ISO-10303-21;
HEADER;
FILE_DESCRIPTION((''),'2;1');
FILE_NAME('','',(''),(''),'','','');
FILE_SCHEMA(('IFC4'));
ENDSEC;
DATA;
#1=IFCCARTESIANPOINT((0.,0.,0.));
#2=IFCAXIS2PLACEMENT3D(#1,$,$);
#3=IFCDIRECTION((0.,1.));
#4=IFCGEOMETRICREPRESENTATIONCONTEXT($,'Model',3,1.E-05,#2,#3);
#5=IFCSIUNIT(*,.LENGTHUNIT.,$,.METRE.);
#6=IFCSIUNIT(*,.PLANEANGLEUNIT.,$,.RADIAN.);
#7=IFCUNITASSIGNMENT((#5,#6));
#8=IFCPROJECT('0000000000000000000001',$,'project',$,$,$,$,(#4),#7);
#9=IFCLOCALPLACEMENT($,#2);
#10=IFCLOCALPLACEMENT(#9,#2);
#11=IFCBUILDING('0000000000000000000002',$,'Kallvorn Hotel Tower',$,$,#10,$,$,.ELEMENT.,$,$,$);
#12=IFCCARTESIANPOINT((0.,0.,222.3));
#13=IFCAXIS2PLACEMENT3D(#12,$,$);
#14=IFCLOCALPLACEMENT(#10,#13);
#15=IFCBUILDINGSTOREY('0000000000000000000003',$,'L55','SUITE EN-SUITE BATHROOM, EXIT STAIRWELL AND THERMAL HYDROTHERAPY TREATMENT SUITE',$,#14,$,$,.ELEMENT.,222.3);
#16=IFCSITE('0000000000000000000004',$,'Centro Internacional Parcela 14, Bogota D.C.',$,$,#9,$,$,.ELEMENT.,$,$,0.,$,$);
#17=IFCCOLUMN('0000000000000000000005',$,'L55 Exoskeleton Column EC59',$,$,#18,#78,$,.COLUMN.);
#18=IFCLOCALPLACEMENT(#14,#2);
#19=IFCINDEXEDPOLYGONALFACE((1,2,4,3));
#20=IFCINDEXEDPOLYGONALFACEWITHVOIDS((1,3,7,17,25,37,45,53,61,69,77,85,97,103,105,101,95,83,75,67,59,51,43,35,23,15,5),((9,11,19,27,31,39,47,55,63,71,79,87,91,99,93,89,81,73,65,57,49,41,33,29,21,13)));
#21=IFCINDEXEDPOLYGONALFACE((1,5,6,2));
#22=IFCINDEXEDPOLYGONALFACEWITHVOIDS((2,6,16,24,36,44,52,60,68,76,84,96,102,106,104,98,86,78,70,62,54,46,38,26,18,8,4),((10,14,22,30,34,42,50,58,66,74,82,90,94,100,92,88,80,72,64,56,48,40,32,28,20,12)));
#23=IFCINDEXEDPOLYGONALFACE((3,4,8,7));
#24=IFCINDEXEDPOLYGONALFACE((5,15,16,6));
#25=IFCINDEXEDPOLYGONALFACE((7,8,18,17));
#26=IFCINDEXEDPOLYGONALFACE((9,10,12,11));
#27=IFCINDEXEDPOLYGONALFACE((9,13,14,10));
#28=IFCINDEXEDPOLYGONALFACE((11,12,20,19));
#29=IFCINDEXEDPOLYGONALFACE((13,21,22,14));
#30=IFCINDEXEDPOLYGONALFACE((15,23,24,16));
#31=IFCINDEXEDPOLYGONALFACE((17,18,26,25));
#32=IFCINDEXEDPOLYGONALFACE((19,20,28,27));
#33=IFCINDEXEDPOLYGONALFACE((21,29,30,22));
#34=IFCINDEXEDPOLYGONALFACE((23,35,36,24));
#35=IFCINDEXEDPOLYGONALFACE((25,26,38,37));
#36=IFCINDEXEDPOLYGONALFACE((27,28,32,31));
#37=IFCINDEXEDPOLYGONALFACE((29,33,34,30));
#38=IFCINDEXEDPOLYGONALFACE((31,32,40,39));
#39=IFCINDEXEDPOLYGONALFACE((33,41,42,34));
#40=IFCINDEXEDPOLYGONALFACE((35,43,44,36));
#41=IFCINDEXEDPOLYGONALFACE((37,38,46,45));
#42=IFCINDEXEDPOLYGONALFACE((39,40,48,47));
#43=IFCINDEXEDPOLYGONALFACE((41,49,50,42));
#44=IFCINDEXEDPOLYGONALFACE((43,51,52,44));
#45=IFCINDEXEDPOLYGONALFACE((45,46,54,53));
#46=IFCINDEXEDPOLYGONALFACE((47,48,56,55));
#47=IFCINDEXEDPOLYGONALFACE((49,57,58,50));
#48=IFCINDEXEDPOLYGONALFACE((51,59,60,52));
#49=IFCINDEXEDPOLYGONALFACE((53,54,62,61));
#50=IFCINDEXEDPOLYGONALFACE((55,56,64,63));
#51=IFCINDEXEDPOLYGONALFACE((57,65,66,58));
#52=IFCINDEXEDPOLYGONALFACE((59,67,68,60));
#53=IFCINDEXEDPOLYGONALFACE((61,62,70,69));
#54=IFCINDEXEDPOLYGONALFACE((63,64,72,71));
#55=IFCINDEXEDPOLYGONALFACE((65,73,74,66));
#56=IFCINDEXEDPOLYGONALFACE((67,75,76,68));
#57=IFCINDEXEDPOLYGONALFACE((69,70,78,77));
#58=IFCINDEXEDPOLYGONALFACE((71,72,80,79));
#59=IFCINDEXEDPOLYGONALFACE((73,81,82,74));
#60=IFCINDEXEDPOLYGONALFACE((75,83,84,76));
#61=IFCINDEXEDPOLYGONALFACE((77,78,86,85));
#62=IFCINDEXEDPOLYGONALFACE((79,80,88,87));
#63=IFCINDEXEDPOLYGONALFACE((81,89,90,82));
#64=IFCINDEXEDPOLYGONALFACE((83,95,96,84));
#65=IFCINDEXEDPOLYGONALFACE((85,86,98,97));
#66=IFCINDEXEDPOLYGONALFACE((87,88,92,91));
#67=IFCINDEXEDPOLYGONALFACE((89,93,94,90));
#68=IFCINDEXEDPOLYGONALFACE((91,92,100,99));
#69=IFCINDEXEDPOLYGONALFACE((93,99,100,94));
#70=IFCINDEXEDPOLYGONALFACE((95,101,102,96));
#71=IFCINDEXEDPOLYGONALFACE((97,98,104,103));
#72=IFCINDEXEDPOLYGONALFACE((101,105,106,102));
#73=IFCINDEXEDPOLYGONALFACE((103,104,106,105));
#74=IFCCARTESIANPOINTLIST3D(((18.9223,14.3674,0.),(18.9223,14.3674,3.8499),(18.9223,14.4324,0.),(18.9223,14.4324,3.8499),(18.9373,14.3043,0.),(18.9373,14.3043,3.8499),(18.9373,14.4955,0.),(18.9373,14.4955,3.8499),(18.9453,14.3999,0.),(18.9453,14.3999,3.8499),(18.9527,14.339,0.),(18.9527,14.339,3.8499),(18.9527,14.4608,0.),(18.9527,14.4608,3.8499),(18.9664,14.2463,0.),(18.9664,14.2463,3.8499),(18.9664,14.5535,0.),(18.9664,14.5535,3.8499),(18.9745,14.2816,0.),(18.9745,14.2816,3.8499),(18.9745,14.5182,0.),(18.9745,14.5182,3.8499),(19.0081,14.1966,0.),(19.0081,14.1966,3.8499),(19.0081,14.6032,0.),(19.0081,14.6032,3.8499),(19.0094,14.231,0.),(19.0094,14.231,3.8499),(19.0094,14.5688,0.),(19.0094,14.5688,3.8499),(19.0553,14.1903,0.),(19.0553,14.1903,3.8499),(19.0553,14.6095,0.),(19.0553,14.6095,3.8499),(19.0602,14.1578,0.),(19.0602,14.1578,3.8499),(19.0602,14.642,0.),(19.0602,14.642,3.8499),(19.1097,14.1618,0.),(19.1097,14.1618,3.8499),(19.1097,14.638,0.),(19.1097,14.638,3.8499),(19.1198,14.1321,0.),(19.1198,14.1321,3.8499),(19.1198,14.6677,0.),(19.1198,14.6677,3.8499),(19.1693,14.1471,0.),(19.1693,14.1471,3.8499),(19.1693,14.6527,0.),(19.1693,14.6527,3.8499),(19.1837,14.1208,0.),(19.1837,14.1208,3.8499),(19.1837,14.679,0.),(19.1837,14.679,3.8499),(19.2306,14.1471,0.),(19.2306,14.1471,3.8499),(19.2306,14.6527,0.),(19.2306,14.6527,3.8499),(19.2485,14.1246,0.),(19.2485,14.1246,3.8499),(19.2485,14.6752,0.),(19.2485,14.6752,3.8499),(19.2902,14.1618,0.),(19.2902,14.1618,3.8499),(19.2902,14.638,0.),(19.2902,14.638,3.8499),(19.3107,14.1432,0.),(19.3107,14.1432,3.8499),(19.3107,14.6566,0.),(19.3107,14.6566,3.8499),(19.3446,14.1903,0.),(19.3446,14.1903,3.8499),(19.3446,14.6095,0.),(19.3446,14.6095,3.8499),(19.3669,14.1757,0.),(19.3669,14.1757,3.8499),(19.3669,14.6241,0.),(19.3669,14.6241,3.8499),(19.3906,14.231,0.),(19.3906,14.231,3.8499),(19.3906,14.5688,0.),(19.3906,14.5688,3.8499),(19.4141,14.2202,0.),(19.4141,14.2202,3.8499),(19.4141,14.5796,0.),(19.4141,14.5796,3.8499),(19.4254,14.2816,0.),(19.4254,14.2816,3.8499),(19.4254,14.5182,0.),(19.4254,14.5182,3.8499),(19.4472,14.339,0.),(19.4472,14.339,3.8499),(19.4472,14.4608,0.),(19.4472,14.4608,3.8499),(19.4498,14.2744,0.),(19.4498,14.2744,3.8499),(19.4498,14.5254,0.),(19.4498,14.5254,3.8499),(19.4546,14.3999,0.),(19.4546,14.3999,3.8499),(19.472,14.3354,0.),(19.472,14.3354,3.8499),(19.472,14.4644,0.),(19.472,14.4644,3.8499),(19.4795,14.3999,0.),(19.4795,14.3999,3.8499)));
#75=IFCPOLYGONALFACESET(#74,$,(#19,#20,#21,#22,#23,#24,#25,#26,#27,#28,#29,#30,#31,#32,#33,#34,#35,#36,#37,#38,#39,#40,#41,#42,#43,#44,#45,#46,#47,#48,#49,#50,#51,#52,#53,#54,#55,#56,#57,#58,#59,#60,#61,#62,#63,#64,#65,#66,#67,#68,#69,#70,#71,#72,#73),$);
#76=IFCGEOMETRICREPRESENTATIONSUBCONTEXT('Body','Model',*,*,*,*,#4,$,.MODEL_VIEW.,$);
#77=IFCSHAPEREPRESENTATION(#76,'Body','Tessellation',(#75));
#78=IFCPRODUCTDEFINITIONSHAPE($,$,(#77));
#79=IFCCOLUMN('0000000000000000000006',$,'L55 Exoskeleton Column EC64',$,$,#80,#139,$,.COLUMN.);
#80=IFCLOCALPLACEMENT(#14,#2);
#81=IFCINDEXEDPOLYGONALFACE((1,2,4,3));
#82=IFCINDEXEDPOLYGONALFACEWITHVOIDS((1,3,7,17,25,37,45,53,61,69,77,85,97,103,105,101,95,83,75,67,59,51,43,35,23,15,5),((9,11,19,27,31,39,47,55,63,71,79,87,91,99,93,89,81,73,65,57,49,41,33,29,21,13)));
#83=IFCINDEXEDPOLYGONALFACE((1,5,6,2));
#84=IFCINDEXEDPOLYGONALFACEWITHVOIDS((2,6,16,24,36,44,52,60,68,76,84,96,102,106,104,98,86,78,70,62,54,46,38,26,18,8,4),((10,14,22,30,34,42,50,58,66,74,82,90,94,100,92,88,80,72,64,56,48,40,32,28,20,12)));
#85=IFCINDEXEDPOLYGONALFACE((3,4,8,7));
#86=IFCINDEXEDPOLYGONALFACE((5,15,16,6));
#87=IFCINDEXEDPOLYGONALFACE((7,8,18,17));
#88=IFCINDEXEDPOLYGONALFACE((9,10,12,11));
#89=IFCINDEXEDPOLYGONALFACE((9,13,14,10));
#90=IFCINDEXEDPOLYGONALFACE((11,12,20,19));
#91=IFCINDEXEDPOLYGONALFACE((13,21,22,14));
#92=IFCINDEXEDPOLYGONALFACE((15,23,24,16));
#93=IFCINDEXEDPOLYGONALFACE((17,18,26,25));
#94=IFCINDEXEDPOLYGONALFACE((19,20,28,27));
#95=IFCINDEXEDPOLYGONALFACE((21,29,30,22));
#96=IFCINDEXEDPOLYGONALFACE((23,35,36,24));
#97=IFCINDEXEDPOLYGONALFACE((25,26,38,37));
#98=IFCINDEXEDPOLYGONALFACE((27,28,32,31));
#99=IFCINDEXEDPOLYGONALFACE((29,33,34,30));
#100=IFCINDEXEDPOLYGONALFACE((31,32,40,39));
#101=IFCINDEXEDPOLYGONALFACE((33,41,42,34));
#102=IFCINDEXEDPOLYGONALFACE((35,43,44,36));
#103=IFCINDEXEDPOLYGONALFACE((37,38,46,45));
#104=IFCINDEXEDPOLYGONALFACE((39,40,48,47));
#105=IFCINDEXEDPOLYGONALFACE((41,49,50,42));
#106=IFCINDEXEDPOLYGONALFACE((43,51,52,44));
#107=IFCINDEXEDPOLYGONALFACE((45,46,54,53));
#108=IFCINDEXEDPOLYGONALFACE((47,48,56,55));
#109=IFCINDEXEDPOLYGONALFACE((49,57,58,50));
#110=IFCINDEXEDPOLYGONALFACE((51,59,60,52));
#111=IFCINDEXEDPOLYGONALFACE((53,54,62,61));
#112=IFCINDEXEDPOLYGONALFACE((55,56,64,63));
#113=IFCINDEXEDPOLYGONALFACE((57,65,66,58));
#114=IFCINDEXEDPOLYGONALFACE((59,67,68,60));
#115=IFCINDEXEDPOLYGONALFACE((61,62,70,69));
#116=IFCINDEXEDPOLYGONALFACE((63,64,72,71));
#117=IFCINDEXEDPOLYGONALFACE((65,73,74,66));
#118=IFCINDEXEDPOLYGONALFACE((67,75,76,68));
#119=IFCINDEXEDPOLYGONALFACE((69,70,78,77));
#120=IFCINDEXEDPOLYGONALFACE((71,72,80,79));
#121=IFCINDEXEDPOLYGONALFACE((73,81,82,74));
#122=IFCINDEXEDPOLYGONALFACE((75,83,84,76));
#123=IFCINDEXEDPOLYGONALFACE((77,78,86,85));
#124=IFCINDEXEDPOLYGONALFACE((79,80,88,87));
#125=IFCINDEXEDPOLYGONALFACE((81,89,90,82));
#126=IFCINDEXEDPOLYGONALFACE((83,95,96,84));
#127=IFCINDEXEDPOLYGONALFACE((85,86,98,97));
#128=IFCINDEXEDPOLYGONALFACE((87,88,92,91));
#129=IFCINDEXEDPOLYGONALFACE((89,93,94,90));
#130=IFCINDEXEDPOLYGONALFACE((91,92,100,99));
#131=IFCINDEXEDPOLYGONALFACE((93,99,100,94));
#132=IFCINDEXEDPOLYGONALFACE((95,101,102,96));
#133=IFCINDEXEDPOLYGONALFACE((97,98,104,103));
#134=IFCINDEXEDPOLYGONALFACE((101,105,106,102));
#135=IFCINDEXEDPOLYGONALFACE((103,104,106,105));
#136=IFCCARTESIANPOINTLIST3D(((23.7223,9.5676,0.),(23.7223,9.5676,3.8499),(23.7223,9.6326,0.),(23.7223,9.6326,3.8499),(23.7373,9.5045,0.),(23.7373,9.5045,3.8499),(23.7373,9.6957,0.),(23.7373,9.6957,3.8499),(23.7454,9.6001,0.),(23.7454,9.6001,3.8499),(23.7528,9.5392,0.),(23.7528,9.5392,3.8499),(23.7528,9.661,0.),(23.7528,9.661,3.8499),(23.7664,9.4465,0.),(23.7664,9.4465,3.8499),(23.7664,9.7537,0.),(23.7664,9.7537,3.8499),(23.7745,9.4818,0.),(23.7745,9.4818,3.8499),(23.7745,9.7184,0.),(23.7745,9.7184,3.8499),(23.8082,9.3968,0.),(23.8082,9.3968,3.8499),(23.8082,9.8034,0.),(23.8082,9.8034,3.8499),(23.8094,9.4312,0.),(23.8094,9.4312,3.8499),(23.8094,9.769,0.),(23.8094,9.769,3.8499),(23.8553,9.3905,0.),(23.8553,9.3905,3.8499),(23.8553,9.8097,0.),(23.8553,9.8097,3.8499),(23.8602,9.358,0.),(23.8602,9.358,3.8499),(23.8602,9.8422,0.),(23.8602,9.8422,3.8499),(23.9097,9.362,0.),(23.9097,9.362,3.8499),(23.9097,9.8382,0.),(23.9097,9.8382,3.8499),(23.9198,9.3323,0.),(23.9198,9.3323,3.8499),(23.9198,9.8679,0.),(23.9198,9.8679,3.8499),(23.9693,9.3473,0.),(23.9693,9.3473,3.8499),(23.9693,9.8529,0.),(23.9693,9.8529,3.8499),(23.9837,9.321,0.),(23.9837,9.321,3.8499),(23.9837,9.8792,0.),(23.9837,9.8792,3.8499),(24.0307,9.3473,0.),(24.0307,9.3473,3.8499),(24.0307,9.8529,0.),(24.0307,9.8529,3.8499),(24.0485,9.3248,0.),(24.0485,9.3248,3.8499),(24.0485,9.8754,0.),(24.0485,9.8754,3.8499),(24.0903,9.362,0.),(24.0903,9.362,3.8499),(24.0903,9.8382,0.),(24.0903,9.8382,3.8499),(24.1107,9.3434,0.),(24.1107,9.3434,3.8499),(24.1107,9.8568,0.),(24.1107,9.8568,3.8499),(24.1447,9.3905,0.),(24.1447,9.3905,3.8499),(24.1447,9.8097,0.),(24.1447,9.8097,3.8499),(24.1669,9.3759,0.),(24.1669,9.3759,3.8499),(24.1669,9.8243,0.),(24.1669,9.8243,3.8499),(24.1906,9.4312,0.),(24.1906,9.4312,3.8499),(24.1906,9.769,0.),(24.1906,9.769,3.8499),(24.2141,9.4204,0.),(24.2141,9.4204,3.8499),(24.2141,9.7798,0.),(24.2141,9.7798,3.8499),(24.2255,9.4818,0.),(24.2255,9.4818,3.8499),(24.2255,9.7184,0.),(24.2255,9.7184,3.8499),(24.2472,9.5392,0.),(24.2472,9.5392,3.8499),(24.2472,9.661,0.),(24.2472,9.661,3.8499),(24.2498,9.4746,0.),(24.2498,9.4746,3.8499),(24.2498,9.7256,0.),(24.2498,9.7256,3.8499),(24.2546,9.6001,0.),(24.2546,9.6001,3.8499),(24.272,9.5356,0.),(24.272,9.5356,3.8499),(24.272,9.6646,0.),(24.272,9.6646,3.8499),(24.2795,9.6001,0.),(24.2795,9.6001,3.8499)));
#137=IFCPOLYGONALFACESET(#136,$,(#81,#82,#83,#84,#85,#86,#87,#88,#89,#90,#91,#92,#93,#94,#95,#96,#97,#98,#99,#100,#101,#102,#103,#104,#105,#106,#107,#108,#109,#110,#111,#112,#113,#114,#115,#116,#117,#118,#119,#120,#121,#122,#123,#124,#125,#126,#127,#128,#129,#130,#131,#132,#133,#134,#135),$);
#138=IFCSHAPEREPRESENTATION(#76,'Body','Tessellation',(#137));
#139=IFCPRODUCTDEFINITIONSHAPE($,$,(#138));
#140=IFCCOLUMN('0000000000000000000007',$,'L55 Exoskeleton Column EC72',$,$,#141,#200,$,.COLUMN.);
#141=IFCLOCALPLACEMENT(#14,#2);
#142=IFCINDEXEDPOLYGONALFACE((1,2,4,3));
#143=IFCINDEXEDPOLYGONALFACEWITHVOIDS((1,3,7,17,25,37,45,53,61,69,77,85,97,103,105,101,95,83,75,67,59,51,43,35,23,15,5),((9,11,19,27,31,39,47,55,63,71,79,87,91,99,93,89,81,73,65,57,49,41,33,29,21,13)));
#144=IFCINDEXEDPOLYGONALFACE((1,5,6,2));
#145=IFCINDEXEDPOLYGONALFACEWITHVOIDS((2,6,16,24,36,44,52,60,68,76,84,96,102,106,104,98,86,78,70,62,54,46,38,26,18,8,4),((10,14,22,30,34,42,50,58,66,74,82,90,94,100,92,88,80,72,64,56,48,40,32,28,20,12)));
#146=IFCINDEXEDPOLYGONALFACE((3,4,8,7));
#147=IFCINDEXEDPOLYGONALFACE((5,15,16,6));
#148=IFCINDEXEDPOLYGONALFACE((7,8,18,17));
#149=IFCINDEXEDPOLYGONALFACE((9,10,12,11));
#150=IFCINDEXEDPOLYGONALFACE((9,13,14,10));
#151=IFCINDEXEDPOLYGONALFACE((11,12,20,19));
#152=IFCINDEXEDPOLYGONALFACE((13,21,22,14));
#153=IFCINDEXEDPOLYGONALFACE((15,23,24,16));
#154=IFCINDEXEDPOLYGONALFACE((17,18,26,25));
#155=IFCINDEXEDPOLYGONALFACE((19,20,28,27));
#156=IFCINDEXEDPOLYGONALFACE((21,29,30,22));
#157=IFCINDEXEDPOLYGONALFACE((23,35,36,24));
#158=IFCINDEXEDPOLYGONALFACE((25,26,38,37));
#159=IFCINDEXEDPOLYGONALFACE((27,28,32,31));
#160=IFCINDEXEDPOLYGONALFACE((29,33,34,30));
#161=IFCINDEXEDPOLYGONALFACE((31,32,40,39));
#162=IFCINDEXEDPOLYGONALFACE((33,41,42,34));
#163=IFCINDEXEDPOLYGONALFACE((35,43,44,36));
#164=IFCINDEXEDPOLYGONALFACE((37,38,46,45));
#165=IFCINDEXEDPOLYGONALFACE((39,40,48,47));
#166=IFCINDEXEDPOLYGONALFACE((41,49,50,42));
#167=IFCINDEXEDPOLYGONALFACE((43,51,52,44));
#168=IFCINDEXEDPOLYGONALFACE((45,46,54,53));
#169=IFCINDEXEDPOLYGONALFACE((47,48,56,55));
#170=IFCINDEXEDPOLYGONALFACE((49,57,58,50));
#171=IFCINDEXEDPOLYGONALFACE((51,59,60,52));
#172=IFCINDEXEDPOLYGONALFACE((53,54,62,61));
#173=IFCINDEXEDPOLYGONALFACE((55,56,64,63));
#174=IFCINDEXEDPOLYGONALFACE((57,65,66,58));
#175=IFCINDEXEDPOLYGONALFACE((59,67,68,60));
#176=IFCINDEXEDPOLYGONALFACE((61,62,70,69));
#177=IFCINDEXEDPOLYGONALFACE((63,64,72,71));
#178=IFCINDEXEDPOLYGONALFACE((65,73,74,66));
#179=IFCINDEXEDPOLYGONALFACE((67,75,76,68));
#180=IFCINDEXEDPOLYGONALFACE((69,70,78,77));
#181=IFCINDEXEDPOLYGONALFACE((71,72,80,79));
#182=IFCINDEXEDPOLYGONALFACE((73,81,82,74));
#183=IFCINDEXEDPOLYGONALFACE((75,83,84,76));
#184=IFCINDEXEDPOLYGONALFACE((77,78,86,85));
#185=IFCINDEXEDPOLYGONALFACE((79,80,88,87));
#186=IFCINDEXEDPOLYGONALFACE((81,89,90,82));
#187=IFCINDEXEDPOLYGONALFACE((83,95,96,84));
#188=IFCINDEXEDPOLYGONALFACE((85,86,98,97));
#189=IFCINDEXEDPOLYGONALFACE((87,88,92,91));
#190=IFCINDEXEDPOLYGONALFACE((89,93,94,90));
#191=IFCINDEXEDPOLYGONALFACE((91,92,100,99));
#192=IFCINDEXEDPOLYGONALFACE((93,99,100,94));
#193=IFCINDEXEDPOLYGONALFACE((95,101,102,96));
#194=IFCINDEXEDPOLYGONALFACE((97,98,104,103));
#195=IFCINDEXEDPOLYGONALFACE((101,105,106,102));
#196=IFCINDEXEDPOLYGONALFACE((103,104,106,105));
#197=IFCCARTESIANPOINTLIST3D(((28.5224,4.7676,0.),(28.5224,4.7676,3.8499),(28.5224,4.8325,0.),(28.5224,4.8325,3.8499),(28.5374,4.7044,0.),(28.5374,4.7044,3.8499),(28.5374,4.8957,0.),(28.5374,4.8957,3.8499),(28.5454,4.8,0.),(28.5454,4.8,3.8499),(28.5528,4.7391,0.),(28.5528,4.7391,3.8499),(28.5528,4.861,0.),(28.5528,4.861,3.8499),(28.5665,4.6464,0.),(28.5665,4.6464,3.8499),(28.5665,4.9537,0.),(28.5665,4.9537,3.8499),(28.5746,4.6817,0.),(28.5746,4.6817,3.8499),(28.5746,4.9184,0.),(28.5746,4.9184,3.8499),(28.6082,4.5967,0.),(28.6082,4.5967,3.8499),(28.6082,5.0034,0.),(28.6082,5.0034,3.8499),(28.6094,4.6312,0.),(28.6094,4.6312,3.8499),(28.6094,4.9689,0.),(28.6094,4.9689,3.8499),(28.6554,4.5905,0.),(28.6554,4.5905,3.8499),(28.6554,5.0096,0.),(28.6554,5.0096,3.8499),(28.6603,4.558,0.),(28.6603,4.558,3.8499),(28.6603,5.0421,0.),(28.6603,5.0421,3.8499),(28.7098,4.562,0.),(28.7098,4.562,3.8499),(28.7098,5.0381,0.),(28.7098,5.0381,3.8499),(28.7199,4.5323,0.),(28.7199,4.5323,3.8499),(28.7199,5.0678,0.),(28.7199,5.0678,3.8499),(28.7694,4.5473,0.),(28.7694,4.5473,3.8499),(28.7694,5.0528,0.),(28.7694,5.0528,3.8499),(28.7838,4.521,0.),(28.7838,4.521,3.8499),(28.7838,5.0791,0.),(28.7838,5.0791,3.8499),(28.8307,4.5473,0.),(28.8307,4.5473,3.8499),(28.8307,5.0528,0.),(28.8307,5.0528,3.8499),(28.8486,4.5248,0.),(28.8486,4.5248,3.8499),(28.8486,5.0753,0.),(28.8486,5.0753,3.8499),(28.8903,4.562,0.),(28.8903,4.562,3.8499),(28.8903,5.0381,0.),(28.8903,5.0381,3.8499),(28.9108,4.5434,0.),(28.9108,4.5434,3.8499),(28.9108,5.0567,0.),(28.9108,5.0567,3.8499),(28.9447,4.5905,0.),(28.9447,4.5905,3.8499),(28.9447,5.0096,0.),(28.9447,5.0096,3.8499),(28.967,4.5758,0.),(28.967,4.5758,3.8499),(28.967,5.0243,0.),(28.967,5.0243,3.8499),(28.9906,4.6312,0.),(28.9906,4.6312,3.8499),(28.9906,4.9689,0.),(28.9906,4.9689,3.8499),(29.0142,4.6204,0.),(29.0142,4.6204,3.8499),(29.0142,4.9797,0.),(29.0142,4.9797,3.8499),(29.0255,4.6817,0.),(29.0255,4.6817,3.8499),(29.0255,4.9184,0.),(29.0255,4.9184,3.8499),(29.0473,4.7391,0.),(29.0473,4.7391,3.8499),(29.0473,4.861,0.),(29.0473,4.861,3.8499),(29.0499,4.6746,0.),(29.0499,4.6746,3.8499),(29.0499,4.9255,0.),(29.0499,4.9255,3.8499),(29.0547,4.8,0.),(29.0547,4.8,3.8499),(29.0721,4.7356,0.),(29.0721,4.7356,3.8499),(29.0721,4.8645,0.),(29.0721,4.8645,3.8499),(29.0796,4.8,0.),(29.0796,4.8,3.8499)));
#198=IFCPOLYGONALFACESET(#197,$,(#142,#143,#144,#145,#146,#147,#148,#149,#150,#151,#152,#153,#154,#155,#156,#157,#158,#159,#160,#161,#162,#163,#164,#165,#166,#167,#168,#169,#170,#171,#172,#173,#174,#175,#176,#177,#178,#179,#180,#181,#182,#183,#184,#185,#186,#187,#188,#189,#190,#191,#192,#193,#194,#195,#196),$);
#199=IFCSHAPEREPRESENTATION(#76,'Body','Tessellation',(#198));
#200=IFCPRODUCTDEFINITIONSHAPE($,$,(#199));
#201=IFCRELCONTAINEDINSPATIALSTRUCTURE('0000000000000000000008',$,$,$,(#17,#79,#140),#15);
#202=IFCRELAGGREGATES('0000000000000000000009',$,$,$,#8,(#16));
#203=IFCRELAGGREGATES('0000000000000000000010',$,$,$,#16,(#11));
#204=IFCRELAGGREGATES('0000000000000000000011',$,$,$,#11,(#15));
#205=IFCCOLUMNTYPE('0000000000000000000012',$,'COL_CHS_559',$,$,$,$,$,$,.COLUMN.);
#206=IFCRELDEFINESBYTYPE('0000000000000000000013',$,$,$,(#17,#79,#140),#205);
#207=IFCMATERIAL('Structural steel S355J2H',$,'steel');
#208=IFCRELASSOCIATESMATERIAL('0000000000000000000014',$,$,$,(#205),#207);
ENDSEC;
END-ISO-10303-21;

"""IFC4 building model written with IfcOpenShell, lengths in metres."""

from ifc_helpers import new_model, si_unit, direction, frame, origin, origin_2d, place, context, subcontext, project, spatial, hollow_circle, extrude, material, material_profile, profile_set, type_object, element, save


model = new_model("IFC4")

# Units and contexts
model_context = context("Model", 3, precision=1e-05, world=origin(), true_north=direction((0.0, 1.0)))
body_context = subcontext(model_context, "Body", "Model", "MODEL_VIEW")
ifc_project = project(units=[si_unit("LENGTHUNIT", "METRE"), si_unit("PLANEANGLEUNIT", "RADIAN")], contexts=[model_context])

# Site, building, storey
site_placement = place(None, origin())
site = spatial("IfcSite", under=ifc_project, at=site_placement, Name="Centro Internacional Parcela 14, Bogota D.C.", CompositionType="ELEMENT", RefElevation=0.0)
building_placement = place(site_placement, origin())
building = spatial("IfcBuilding", under=site, at=building_placement, Name="Kallvorn Hotel Tower", CompositionType="ELEMENT")
storey_placement = place(building_placement, frame((0.0, 0.0, 222.3)))
storey = spatial("IfcBuildingStorey", under=building, at=storey_placement, Name="L55", Description="SUITE EN-SUITE BATHROOM, EXIT STAIRWELL AND THERMAL HYDROTHERAPY TREATMENT SUITE", CompositionType="ELEMENT", Elevation=222.3)

# Columns
ifc_material_1 = material(Name="Structural steel S355J2H", Category="steel")
ifc_material_profile_1 = material_profile(ifc_material_1, hollow_circle(Radius=0.2795, WallThickness=0.0249, at=origin_2d()), Name="CHS 559x25")
ifc_profile_set_1 = profile_set([ifc_material_profile_1], Name="Structural steel S355J2H")
column_type_1 = type_object("IfcColumnType", Name="COL_CHS_559", PredefinedType="COLUMN", material=ifc_profile_set_1)
for number, where, z_axis, x_axis, name in (
    (1, (19.2, 14.3999, 0.0), (0.0, 0.0, 1.0), (1.0, 0.0, 0.0), "L55 Exoskeleton Column EC59"),
    (2, (24.0, 9.6001, 0.0), (0.0, 0.0, 1.0), (1.0, 0.0, 0.0), "L55 Exoskeleton Column EC64"),
    (3, (28.8, 4.8, 0.0), (0.0, 0.0, 1.0), (1.0, 0.0, 0.0), "L55 Exoskeleton Column EC72"),
):
    element("IfcColumn", number, at=place(storey_placement, frame(where, z_axis=z_axis, x_axis=x_axis)), inside=storey, type_object=column_type_1, Name=name, PredefinedType="COLUMN", context=body_context, shape_type="SweptSolid", body=[
        extrude(hollow_circle(Radius=0.2795, WallThickness=0.0249, at=origin_2d()), origin(), (0.0, 0.0, 1.0), 3.8499),
    ])

save(model, "model.ifc")
